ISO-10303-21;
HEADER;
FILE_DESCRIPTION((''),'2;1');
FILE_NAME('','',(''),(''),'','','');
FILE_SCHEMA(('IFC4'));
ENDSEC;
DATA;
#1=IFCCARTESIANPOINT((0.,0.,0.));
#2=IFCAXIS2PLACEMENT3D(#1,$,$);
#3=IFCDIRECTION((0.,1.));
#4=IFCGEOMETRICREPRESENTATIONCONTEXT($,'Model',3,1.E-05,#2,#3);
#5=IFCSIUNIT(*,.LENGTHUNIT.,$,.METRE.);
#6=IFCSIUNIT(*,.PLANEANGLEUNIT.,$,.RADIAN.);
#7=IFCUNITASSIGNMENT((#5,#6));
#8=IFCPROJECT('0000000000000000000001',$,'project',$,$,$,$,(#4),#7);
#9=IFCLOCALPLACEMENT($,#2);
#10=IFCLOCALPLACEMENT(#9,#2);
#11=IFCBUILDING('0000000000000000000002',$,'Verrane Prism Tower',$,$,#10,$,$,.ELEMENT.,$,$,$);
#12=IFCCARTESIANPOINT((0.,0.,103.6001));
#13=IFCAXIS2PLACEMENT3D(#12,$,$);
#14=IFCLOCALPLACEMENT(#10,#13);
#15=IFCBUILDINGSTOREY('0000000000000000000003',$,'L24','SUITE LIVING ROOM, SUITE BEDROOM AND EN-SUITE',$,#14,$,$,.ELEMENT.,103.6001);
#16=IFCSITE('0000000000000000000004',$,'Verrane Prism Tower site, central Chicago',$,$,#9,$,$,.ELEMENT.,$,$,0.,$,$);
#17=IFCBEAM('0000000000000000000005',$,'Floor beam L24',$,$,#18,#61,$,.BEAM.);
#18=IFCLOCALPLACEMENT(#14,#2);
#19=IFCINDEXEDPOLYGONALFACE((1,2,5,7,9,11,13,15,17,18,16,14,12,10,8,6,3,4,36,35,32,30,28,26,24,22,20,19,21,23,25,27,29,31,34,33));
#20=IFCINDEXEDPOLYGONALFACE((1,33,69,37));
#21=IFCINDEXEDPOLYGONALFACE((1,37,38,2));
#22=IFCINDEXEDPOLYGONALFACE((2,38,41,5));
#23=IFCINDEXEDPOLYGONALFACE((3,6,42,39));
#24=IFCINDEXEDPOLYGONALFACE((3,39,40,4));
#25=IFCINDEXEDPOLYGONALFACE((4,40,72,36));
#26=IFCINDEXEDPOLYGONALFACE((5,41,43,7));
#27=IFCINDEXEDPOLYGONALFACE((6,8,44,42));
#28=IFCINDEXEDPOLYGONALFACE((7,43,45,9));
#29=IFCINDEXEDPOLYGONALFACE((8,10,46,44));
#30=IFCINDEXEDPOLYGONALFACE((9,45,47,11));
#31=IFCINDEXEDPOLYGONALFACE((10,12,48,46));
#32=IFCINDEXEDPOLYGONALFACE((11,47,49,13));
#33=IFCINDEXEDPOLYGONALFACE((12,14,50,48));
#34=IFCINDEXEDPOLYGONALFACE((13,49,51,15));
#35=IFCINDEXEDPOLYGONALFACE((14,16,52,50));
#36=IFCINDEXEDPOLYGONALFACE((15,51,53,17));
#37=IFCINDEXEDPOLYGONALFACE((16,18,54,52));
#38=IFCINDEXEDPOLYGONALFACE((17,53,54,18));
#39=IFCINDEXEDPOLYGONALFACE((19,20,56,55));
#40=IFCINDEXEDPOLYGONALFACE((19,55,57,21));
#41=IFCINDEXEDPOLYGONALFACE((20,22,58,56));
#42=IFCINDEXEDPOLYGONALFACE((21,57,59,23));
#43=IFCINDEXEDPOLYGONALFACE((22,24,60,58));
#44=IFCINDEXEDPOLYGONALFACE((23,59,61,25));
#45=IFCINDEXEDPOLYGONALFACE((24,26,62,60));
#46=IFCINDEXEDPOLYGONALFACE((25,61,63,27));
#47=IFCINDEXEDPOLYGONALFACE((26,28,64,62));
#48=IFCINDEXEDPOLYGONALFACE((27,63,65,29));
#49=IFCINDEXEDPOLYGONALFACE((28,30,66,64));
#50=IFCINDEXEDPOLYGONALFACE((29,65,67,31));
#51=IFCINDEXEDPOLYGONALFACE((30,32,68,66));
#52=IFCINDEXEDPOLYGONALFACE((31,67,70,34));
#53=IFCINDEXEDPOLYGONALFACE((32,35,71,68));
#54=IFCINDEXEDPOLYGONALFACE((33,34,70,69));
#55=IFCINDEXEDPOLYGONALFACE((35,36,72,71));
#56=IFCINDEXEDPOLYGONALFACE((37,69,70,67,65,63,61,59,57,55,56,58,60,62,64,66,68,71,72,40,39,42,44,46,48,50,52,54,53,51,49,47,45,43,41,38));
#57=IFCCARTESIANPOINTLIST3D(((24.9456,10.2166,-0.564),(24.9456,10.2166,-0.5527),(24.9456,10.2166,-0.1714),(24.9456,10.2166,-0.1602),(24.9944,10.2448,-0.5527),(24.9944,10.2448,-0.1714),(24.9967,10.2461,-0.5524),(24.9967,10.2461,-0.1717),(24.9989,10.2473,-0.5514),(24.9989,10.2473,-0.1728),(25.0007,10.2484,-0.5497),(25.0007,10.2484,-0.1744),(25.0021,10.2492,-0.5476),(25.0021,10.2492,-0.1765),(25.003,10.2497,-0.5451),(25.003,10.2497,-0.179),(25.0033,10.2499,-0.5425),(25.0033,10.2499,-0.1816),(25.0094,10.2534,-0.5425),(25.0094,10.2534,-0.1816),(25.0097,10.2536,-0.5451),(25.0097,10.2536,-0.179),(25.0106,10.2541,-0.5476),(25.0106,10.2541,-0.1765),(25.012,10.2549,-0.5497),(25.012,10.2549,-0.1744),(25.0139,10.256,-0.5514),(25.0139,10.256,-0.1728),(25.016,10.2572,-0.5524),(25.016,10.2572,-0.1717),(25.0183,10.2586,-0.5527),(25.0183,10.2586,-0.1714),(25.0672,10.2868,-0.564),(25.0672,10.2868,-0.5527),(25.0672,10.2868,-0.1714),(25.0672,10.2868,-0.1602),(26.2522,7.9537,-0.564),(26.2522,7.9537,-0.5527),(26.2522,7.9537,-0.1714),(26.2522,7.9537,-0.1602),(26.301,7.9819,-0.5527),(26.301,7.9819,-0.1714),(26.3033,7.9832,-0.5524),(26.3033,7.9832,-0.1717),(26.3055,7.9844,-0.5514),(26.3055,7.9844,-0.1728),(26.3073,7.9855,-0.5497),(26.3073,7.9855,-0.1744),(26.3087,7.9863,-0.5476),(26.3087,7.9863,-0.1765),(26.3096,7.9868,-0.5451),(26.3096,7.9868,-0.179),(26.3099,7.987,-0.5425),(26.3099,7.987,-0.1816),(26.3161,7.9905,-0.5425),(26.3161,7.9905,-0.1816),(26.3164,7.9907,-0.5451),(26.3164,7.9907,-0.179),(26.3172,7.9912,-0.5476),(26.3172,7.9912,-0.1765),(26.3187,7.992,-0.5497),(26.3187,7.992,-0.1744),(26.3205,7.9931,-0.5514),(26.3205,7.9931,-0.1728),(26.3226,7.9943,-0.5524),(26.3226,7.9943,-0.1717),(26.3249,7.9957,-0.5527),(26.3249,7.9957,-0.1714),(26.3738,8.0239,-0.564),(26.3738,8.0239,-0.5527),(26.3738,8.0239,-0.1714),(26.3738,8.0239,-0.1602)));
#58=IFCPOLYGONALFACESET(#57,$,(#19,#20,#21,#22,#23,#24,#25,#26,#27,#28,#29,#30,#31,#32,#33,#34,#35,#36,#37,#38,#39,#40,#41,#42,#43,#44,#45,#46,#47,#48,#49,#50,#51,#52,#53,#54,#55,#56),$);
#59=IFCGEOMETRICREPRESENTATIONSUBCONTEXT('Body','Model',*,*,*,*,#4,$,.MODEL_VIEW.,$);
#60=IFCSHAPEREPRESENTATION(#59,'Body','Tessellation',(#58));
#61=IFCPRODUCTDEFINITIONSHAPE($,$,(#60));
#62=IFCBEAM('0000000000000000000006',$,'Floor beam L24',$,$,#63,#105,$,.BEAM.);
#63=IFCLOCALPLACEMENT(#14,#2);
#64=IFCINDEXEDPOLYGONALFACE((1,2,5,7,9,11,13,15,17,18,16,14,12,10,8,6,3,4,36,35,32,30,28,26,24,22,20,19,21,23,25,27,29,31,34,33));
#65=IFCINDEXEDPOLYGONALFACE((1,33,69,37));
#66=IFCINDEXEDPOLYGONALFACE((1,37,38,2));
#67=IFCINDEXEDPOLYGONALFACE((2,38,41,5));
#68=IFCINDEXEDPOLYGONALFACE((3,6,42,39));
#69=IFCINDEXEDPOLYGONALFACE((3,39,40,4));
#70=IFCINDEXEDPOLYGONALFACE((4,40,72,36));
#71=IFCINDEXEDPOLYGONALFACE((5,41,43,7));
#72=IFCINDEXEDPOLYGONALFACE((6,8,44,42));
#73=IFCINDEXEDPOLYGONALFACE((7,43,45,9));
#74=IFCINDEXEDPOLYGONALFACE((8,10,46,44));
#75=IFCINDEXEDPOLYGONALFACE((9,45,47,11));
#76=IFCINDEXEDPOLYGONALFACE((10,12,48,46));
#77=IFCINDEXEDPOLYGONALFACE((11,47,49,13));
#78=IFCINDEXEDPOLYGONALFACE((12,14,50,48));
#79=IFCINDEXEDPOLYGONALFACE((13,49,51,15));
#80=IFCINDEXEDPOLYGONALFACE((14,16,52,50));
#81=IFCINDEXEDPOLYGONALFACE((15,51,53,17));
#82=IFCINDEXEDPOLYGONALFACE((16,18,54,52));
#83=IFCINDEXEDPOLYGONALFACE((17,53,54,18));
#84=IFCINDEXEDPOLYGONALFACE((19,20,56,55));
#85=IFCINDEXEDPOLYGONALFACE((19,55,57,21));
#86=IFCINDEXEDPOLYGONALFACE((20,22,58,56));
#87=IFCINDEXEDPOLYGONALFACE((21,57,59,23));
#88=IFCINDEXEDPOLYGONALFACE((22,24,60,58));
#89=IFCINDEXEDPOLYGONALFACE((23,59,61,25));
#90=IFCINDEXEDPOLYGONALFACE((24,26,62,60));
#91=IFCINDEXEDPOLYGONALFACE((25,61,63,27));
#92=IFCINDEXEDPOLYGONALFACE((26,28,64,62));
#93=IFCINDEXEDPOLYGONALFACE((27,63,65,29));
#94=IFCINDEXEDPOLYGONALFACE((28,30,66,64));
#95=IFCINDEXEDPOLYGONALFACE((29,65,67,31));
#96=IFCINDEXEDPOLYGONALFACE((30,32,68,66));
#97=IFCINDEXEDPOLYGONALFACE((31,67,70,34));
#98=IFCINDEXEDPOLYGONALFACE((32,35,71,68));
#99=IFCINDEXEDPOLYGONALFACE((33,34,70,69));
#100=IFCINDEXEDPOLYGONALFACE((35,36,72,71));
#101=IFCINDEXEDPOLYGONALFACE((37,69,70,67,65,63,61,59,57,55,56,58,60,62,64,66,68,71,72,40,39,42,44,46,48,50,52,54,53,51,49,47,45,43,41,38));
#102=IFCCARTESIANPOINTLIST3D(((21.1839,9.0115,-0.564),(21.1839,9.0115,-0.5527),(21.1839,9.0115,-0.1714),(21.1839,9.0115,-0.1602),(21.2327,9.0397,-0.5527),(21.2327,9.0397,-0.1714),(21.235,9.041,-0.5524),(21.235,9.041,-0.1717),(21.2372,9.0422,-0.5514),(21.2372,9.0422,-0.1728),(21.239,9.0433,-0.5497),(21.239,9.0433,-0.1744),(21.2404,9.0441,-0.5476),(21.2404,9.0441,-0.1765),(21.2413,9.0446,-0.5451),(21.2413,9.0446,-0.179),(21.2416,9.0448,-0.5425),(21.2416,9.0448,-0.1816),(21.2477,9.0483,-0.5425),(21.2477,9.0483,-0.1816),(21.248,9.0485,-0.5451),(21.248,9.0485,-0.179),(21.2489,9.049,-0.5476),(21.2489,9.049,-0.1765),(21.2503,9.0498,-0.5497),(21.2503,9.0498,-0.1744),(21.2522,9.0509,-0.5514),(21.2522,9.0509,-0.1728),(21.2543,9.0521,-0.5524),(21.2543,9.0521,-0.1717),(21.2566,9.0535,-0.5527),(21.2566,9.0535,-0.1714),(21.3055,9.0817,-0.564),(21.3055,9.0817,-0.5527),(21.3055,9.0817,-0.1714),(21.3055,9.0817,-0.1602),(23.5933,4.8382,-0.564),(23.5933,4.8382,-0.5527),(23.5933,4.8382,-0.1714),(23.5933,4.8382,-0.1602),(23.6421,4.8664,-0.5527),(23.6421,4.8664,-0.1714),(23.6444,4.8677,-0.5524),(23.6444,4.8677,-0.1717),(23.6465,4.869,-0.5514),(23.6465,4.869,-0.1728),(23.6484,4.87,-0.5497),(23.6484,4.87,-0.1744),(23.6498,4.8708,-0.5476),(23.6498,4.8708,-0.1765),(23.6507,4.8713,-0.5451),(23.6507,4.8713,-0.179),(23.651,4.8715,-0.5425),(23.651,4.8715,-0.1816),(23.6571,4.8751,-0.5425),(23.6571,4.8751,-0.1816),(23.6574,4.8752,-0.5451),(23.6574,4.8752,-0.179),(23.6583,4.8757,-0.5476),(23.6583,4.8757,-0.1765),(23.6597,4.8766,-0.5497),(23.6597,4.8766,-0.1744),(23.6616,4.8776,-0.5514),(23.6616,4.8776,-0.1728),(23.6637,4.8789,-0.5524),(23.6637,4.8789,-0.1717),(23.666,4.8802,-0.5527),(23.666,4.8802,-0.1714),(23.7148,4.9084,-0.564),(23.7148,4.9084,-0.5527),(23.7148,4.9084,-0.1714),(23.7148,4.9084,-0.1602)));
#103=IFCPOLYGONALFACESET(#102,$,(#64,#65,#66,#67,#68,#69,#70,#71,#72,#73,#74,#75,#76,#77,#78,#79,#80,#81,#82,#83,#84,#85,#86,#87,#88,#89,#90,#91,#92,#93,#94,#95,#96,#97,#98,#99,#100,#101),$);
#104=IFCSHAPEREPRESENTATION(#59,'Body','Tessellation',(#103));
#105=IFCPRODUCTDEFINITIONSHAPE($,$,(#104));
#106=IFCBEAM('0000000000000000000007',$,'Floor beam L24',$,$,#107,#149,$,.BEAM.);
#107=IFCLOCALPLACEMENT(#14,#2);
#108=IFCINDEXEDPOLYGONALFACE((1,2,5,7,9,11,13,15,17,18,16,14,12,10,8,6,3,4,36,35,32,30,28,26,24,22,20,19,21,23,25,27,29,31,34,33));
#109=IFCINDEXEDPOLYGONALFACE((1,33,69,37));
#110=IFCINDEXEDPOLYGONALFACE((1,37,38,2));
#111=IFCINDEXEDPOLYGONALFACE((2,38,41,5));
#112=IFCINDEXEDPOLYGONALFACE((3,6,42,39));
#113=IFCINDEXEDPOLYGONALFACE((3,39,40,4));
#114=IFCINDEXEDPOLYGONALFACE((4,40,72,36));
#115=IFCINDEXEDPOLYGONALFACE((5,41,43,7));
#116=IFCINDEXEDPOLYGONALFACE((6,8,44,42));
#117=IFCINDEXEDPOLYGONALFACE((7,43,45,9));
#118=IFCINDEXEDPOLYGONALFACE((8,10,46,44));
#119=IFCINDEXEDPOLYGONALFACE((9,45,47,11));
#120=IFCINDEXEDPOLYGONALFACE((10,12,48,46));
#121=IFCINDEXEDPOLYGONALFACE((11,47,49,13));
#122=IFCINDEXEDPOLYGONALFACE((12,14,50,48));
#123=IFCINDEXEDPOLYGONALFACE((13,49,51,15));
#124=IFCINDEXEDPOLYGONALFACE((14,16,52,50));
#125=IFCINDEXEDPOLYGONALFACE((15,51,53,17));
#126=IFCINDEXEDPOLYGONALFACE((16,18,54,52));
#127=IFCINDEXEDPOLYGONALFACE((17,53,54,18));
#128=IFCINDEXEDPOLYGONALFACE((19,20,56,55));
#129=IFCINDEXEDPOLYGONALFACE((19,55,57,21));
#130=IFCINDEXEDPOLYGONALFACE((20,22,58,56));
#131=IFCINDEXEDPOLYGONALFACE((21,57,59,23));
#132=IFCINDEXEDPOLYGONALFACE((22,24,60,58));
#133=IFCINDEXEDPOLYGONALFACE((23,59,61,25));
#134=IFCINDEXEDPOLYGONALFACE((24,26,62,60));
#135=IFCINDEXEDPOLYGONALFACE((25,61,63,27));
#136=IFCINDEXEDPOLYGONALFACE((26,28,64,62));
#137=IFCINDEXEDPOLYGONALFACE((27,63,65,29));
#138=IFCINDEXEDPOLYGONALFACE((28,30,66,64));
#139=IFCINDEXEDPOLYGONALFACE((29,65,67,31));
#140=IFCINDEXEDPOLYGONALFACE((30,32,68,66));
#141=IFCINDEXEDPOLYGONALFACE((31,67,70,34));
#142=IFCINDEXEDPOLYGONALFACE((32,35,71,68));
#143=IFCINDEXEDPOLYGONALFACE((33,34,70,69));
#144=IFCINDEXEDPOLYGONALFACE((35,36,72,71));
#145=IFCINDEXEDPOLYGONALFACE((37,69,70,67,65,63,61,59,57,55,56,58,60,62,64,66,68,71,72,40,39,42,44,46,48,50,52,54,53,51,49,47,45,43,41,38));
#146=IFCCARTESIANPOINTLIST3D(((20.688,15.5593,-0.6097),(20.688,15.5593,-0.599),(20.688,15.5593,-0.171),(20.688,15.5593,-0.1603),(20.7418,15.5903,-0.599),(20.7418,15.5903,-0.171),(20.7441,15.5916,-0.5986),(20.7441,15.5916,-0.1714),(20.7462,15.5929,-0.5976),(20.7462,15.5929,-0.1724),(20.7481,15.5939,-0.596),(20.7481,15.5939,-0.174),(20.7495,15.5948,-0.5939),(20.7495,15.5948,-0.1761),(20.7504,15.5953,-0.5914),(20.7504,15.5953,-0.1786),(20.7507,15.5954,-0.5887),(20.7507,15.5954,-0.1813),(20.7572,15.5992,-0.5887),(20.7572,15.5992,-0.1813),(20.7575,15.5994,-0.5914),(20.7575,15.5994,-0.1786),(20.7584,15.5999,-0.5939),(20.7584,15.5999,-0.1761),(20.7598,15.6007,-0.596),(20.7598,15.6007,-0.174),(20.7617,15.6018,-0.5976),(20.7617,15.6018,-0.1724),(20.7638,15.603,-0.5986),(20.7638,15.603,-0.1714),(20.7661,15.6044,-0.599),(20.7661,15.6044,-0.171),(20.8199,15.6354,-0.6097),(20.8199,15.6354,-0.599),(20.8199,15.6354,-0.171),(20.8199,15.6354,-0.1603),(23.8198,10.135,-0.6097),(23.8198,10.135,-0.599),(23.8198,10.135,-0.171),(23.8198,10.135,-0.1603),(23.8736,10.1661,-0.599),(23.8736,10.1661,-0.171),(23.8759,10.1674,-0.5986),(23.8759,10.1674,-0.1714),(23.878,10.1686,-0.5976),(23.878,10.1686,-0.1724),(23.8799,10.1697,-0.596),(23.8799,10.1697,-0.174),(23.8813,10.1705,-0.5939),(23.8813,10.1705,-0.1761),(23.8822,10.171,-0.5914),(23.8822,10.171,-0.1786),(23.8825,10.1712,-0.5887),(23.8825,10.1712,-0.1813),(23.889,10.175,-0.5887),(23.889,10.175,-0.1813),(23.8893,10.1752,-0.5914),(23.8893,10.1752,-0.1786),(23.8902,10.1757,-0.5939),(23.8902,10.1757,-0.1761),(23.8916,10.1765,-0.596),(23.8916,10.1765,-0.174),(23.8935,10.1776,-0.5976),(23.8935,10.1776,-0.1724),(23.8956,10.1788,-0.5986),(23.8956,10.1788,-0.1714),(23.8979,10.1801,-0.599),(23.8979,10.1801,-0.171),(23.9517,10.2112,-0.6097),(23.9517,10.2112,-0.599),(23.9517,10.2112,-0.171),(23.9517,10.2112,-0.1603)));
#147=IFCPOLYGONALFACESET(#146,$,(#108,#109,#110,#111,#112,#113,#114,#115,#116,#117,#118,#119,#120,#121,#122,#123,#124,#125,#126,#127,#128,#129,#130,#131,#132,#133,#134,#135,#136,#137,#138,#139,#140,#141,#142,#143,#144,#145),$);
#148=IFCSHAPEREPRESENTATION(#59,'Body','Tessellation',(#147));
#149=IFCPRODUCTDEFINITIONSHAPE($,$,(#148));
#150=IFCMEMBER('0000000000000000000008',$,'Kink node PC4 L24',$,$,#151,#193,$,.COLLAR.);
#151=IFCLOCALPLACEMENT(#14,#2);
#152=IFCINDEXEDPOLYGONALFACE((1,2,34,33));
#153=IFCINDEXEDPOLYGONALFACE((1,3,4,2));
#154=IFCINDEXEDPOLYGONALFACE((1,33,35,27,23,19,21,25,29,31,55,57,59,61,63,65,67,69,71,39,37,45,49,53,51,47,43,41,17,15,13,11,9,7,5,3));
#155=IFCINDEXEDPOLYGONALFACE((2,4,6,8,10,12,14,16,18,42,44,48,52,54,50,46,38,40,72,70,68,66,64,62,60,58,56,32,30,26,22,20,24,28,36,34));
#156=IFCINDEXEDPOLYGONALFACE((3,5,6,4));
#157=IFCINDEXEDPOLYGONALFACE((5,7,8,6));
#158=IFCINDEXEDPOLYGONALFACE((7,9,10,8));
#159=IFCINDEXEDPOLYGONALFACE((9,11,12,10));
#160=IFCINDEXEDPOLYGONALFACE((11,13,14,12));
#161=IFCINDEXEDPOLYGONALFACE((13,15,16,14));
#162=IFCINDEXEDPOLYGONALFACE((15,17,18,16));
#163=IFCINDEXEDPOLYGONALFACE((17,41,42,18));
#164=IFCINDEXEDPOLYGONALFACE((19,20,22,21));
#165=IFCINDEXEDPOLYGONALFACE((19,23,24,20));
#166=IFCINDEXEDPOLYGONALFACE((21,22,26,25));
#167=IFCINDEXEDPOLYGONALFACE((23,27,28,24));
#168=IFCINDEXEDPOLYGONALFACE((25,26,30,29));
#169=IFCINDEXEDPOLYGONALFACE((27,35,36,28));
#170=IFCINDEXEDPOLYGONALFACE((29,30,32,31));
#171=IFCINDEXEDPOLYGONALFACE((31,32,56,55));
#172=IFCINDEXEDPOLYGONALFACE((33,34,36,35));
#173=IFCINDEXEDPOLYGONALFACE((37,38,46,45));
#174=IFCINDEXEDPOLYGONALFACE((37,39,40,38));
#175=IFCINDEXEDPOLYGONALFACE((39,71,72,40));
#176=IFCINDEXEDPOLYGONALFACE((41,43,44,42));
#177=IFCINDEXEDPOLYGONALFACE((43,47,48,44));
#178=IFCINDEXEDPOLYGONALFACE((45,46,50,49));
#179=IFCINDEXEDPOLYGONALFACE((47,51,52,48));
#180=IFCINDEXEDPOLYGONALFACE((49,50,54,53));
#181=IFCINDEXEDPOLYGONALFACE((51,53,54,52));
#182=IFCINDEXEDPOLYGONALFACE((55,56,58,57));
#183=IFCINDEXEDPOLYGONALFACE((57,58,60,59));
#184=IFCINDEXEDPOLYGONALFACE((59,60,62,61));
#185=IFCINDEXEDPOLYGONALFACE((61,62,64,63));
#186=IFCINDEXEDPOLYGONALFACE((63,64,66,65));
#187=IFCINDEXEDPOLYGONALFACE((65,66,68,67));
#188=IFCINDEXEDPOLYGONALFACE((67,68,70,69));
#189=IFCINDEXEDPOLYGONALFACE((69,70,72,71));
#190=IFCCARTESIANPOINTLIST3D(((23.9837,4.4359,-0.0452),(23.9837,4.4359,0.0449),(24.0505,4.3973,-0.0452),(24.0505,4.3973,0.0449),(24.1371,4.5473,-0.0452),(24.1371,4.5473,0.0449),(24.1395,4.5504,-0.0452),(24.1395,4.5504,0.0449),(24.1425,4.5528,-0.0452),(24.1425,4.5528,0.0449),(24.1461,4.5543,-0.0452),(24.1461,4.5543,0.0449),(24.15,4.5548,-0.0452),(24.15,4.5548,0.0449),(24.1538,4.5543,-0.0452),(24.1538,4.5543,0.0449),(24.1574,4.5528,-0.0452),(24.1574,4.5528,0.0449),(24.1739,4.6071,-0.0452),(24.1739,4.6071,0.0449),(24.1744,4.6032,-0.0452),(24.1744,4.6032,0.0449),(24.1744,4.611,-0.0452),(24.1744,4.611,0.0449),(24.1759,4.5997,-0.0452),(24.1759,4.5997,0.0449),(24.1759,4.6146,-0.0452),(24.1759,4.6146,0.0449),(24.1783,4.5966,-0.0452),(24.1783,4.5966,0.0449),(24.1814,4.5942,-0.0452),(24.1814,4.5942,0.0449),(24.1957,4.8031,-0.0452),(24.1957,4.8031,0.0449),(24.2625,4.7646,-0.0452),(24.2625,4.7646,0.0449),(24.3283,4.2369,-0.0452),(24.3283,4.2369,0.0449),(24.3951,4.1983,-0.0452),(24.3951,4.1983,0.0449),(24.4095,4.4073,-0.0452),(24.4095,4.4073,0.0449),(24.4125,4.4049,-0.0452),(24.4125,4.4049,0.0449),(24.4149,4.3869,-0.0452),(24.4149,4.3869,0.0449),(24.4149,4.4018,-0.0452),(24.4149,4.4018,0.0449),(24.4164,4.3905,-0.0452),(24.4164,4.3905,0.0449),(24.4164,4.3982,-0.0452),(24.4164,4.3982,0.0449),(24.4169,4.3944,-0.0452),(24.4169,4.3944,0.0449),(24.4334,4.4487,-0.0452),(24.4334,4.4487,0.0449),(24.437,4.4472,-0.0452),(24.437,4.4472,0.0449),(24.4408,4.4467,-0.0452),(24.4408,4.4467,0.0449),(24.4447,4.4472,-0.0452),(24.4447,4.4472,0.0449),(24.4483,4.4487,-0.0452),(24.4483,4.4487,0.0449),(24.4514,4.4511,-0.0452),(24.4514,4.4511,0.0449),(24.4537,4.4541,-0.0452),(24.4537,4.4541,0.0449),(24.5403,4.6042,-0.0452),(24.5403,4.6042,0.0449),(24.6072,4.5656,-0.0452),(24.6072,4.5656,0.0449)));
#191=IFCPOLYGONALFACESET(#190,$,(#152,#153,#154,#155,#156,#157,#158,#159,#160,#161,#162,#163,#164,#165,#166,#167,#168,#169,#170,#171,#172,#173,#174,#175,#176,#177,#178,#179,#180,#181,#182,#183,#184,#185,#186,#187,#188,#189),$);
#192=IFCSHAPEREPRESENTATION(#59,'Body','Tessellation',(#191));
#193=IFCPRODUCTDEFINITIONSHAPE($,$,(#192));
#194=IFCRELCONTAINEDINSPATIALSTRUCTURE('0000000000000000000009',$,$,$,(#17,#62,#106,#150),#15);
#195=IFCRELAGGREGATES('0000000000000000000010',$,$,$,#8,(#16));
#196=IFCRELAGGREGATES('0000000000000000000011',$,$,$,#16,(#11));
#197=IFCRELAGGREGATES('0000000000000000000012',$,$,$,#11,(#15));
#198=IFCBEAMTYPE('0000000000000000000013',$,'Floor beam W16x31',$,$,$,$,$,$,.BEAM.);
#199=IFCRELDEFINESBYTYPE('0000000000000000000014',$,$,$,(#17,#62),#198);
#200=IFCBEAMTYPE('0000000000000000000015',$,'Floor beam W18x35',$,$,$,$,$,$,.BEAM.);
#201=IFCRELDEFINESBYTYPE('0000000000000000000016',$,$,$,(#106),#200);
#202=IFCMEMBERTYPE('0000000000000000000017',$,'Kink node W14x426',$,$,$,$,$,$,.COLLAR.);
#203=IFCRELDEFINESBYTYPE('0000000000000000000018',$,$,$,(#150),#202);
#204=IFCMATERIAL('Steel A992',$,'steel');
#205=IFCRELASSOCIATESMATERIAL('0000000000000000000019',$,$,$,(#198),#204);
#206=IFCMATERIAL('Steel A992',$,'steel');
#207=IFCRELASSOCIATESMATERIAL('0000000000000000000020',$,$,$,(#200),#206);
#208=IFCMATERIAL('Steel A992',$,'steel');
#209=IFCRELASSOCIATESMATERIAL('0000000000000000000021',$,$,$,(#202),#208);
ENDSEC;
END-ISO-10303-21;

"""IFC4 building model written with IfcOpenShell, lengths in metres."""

from ifc_helpers import new_model, si_unit, direction, frame, origin, origin_2d, place, context, subcontext, project, spatial, i_section, extrude, material, material_profile, profile_set, type_object, element, save


model = new_model("IFC4")

# Units and contexts
model_context = context("Model", 3, precision=1e-05, world=origin(), true_north=direction((0.0, 1.0)))
body_context = subcontext(model_context, "Body", "Model", "MODEL_VIEW")
ifc_project = project(units=[si_unit("LENGTHUNIT", "METRE"), si_unit("PLANEANGLEUNIT", "RADIAN")], contexts=[model_context])

# Site, building, storey
site_placement = place(None, origin())
site = spatial("IfcSite", under=ifc_project, at=site_placement, Name="Verrane Prism Tower site, central Chicago", CompositionType="ELEMENT", RefElevation=0.0)
building_placement = place(site_placement, origin())
building = spatial("IfcBuilding", under=site, at=building_placement, Name="Verrane Prism Tower", CompositionType="ELEMENT")
storey_placement = place(building_placement, frame((0.0, 0.0, 103.6001)))
storey = spatial("IfcBuildingStorey", under=building, at=storey_placement, Name="L24", Description="SUITE LIVING ROOM, SUITE BEDROOM AND EN-SUITE", CompositionType="ELEMENT", Elevation=103.6001)

# Beams
ifc_material_1 = material(Name="Steel A992", Category="steel")
ifc_material_profile_1 = material_profile(ifc_material_1, i_section(OverallWidth=0.1404, OverallDepth=0.4038, WebThickness=0.0071, FlangeThickness=0.0112, FilletRadius=0.0103, at=origin_2d()), Name="W16x31")
ifc_profile_set_1 = profile_set([ifc_material_profile_1], Name="Steel A992")
beam_type_1 = type_object("IfcBeamType", Name="Floor beam W16x31", PredefinedType="BEAM", material=ifc_profile_set_1)
beam_1_placement = place(storey_placement, frame((26.313, 7.9888, -0.3621), z_axis=(-0.500038, 0.866004, 0.0), x_axis=(-0.866004, -0.500038, 0.0)))
element("IfcBeam", 1, at=beam_1_placement, inside=storey, type_object=beam_type_1, Name="Floor beam L24", PredefinedType="BEAM", context=body_context, shape_type="SweptSolid", body=[
    extrude(i_section(OverallWidth=0.1404, OverallDepth=0.4038, WebThickness=0.0071, FlangeThickness=0.0112, FilletRadius=0.0103, at=origin_2d()), origin(), (0.0, 0.0, 1.0), 2.613),
])
beam_2_placement = place(storey_placement, frame((23.6541, 4.8733, -0.3621), z_axis=(-0.499991, 0.86603, 0.0), x_axis=(-0.86603, -0.499991, 0.0)))
element("IfcBeam", 2, at=beam_2_placement, inside=storey, type_object=beam_type_1, Name="Floor beam L24", PredefinedType="BEAM", context=body_context, shape_type="SweptSolid", body=[
    extrude(i_section(OverallWidth=0.1404, OverallDepth=0.4038, WebThickness=0.0071, FlangeThickness=0.0112, FilletRadius=0.0103, at=origin_2d()), origin(), (0.0, 0.0, 1.0), 4.8188),
])
ifc_material_2 = material(Name="Steel A992", Category="steel")
ifc_material_profile_2 = material_profile(ifc_material_2, i_section(OverallWidth=0.1523, OverallDepth=0.4495, WebThickness=0.0076, FlangeThickness=0.0107, FilletRadius=0.0103, at=origin_2d()), Name="W18x35")
ifc_profile_set_2 = profile_set([ifc_material_profile_2], Name="Steel A992")
beam_type_2 = type_object("IfcBeamType", Name="Floor beam W18x35", PredefinedType="BEAM", material=ifc_profile_set_2)
beam_3_placement = place(storey_placement, frame((23.8857, 10.1731, -0.385), z_axis=(-0.500013, 0.866018, 0.0), x_axis=(-0.866018, -0.500013, 0.0)))
element("IfcBeam", 3, at=beam_3_placement, inside=storey, type_object=beam_type_2, Name="Floor beam L24", PredefinedType="BEAM", context=body_context, shape_type="SweptSolid", body=[
    extrude(i_section(OverallWidth=0.1523, OverallDepth=0.4495, WebThickness=0.0076, FlangeThickness=0.0107, FilletRadius=0.0103, at=origin_2d()), origin(), (0.0, 0.0, 1.0), 6.2634),
])

# Member
ifc_material_3 = material(Name="Steel A992", Category="steel")
ifc_material_profile_3 = material_profile(ifc_material_3, i_section(OverallWidth=0.4241, OverallDepth=0.4751, WebThickness=0.0479, FlangeThickness=0.0771, FilletRadius=0.0149, at=origin_2d()), Name="W14x426")
ifc_profile_set_3 = profile_set([ifc_material_profile_3], Name="Steel A992")
member_type_1 = type_object("IfcMemberType", Name="Kink node W14x426", PredefinedType="COLLAR", material=ifc_profile_set_3)
member_1_placement = place(storey_placement, frame((24.2954, 4.5007, -0.0452), z_axis=(0.0, 0.0, 1.0), x_axis=(-0.5, -0.866025, 0.0)))
element("IfcMember", 4, at=member_1_placement, inside=storey, type_object=member_type_1, Name="Kink node PC4 L24", PredefinedType="COLLAR", context=body_context, shape_type="SweptSolid", body=[
    extrude(i_section(OverallWidth=0.4241, OverallDepth=0.4751, WebThickness=0.0479, FlangeThickness=0.0771, FilletRadius=0.0149, at=origin_2d()), origin(), (0.0, 0.0, 1.0), 0.0901),
])

save(model, "model.ifc")
